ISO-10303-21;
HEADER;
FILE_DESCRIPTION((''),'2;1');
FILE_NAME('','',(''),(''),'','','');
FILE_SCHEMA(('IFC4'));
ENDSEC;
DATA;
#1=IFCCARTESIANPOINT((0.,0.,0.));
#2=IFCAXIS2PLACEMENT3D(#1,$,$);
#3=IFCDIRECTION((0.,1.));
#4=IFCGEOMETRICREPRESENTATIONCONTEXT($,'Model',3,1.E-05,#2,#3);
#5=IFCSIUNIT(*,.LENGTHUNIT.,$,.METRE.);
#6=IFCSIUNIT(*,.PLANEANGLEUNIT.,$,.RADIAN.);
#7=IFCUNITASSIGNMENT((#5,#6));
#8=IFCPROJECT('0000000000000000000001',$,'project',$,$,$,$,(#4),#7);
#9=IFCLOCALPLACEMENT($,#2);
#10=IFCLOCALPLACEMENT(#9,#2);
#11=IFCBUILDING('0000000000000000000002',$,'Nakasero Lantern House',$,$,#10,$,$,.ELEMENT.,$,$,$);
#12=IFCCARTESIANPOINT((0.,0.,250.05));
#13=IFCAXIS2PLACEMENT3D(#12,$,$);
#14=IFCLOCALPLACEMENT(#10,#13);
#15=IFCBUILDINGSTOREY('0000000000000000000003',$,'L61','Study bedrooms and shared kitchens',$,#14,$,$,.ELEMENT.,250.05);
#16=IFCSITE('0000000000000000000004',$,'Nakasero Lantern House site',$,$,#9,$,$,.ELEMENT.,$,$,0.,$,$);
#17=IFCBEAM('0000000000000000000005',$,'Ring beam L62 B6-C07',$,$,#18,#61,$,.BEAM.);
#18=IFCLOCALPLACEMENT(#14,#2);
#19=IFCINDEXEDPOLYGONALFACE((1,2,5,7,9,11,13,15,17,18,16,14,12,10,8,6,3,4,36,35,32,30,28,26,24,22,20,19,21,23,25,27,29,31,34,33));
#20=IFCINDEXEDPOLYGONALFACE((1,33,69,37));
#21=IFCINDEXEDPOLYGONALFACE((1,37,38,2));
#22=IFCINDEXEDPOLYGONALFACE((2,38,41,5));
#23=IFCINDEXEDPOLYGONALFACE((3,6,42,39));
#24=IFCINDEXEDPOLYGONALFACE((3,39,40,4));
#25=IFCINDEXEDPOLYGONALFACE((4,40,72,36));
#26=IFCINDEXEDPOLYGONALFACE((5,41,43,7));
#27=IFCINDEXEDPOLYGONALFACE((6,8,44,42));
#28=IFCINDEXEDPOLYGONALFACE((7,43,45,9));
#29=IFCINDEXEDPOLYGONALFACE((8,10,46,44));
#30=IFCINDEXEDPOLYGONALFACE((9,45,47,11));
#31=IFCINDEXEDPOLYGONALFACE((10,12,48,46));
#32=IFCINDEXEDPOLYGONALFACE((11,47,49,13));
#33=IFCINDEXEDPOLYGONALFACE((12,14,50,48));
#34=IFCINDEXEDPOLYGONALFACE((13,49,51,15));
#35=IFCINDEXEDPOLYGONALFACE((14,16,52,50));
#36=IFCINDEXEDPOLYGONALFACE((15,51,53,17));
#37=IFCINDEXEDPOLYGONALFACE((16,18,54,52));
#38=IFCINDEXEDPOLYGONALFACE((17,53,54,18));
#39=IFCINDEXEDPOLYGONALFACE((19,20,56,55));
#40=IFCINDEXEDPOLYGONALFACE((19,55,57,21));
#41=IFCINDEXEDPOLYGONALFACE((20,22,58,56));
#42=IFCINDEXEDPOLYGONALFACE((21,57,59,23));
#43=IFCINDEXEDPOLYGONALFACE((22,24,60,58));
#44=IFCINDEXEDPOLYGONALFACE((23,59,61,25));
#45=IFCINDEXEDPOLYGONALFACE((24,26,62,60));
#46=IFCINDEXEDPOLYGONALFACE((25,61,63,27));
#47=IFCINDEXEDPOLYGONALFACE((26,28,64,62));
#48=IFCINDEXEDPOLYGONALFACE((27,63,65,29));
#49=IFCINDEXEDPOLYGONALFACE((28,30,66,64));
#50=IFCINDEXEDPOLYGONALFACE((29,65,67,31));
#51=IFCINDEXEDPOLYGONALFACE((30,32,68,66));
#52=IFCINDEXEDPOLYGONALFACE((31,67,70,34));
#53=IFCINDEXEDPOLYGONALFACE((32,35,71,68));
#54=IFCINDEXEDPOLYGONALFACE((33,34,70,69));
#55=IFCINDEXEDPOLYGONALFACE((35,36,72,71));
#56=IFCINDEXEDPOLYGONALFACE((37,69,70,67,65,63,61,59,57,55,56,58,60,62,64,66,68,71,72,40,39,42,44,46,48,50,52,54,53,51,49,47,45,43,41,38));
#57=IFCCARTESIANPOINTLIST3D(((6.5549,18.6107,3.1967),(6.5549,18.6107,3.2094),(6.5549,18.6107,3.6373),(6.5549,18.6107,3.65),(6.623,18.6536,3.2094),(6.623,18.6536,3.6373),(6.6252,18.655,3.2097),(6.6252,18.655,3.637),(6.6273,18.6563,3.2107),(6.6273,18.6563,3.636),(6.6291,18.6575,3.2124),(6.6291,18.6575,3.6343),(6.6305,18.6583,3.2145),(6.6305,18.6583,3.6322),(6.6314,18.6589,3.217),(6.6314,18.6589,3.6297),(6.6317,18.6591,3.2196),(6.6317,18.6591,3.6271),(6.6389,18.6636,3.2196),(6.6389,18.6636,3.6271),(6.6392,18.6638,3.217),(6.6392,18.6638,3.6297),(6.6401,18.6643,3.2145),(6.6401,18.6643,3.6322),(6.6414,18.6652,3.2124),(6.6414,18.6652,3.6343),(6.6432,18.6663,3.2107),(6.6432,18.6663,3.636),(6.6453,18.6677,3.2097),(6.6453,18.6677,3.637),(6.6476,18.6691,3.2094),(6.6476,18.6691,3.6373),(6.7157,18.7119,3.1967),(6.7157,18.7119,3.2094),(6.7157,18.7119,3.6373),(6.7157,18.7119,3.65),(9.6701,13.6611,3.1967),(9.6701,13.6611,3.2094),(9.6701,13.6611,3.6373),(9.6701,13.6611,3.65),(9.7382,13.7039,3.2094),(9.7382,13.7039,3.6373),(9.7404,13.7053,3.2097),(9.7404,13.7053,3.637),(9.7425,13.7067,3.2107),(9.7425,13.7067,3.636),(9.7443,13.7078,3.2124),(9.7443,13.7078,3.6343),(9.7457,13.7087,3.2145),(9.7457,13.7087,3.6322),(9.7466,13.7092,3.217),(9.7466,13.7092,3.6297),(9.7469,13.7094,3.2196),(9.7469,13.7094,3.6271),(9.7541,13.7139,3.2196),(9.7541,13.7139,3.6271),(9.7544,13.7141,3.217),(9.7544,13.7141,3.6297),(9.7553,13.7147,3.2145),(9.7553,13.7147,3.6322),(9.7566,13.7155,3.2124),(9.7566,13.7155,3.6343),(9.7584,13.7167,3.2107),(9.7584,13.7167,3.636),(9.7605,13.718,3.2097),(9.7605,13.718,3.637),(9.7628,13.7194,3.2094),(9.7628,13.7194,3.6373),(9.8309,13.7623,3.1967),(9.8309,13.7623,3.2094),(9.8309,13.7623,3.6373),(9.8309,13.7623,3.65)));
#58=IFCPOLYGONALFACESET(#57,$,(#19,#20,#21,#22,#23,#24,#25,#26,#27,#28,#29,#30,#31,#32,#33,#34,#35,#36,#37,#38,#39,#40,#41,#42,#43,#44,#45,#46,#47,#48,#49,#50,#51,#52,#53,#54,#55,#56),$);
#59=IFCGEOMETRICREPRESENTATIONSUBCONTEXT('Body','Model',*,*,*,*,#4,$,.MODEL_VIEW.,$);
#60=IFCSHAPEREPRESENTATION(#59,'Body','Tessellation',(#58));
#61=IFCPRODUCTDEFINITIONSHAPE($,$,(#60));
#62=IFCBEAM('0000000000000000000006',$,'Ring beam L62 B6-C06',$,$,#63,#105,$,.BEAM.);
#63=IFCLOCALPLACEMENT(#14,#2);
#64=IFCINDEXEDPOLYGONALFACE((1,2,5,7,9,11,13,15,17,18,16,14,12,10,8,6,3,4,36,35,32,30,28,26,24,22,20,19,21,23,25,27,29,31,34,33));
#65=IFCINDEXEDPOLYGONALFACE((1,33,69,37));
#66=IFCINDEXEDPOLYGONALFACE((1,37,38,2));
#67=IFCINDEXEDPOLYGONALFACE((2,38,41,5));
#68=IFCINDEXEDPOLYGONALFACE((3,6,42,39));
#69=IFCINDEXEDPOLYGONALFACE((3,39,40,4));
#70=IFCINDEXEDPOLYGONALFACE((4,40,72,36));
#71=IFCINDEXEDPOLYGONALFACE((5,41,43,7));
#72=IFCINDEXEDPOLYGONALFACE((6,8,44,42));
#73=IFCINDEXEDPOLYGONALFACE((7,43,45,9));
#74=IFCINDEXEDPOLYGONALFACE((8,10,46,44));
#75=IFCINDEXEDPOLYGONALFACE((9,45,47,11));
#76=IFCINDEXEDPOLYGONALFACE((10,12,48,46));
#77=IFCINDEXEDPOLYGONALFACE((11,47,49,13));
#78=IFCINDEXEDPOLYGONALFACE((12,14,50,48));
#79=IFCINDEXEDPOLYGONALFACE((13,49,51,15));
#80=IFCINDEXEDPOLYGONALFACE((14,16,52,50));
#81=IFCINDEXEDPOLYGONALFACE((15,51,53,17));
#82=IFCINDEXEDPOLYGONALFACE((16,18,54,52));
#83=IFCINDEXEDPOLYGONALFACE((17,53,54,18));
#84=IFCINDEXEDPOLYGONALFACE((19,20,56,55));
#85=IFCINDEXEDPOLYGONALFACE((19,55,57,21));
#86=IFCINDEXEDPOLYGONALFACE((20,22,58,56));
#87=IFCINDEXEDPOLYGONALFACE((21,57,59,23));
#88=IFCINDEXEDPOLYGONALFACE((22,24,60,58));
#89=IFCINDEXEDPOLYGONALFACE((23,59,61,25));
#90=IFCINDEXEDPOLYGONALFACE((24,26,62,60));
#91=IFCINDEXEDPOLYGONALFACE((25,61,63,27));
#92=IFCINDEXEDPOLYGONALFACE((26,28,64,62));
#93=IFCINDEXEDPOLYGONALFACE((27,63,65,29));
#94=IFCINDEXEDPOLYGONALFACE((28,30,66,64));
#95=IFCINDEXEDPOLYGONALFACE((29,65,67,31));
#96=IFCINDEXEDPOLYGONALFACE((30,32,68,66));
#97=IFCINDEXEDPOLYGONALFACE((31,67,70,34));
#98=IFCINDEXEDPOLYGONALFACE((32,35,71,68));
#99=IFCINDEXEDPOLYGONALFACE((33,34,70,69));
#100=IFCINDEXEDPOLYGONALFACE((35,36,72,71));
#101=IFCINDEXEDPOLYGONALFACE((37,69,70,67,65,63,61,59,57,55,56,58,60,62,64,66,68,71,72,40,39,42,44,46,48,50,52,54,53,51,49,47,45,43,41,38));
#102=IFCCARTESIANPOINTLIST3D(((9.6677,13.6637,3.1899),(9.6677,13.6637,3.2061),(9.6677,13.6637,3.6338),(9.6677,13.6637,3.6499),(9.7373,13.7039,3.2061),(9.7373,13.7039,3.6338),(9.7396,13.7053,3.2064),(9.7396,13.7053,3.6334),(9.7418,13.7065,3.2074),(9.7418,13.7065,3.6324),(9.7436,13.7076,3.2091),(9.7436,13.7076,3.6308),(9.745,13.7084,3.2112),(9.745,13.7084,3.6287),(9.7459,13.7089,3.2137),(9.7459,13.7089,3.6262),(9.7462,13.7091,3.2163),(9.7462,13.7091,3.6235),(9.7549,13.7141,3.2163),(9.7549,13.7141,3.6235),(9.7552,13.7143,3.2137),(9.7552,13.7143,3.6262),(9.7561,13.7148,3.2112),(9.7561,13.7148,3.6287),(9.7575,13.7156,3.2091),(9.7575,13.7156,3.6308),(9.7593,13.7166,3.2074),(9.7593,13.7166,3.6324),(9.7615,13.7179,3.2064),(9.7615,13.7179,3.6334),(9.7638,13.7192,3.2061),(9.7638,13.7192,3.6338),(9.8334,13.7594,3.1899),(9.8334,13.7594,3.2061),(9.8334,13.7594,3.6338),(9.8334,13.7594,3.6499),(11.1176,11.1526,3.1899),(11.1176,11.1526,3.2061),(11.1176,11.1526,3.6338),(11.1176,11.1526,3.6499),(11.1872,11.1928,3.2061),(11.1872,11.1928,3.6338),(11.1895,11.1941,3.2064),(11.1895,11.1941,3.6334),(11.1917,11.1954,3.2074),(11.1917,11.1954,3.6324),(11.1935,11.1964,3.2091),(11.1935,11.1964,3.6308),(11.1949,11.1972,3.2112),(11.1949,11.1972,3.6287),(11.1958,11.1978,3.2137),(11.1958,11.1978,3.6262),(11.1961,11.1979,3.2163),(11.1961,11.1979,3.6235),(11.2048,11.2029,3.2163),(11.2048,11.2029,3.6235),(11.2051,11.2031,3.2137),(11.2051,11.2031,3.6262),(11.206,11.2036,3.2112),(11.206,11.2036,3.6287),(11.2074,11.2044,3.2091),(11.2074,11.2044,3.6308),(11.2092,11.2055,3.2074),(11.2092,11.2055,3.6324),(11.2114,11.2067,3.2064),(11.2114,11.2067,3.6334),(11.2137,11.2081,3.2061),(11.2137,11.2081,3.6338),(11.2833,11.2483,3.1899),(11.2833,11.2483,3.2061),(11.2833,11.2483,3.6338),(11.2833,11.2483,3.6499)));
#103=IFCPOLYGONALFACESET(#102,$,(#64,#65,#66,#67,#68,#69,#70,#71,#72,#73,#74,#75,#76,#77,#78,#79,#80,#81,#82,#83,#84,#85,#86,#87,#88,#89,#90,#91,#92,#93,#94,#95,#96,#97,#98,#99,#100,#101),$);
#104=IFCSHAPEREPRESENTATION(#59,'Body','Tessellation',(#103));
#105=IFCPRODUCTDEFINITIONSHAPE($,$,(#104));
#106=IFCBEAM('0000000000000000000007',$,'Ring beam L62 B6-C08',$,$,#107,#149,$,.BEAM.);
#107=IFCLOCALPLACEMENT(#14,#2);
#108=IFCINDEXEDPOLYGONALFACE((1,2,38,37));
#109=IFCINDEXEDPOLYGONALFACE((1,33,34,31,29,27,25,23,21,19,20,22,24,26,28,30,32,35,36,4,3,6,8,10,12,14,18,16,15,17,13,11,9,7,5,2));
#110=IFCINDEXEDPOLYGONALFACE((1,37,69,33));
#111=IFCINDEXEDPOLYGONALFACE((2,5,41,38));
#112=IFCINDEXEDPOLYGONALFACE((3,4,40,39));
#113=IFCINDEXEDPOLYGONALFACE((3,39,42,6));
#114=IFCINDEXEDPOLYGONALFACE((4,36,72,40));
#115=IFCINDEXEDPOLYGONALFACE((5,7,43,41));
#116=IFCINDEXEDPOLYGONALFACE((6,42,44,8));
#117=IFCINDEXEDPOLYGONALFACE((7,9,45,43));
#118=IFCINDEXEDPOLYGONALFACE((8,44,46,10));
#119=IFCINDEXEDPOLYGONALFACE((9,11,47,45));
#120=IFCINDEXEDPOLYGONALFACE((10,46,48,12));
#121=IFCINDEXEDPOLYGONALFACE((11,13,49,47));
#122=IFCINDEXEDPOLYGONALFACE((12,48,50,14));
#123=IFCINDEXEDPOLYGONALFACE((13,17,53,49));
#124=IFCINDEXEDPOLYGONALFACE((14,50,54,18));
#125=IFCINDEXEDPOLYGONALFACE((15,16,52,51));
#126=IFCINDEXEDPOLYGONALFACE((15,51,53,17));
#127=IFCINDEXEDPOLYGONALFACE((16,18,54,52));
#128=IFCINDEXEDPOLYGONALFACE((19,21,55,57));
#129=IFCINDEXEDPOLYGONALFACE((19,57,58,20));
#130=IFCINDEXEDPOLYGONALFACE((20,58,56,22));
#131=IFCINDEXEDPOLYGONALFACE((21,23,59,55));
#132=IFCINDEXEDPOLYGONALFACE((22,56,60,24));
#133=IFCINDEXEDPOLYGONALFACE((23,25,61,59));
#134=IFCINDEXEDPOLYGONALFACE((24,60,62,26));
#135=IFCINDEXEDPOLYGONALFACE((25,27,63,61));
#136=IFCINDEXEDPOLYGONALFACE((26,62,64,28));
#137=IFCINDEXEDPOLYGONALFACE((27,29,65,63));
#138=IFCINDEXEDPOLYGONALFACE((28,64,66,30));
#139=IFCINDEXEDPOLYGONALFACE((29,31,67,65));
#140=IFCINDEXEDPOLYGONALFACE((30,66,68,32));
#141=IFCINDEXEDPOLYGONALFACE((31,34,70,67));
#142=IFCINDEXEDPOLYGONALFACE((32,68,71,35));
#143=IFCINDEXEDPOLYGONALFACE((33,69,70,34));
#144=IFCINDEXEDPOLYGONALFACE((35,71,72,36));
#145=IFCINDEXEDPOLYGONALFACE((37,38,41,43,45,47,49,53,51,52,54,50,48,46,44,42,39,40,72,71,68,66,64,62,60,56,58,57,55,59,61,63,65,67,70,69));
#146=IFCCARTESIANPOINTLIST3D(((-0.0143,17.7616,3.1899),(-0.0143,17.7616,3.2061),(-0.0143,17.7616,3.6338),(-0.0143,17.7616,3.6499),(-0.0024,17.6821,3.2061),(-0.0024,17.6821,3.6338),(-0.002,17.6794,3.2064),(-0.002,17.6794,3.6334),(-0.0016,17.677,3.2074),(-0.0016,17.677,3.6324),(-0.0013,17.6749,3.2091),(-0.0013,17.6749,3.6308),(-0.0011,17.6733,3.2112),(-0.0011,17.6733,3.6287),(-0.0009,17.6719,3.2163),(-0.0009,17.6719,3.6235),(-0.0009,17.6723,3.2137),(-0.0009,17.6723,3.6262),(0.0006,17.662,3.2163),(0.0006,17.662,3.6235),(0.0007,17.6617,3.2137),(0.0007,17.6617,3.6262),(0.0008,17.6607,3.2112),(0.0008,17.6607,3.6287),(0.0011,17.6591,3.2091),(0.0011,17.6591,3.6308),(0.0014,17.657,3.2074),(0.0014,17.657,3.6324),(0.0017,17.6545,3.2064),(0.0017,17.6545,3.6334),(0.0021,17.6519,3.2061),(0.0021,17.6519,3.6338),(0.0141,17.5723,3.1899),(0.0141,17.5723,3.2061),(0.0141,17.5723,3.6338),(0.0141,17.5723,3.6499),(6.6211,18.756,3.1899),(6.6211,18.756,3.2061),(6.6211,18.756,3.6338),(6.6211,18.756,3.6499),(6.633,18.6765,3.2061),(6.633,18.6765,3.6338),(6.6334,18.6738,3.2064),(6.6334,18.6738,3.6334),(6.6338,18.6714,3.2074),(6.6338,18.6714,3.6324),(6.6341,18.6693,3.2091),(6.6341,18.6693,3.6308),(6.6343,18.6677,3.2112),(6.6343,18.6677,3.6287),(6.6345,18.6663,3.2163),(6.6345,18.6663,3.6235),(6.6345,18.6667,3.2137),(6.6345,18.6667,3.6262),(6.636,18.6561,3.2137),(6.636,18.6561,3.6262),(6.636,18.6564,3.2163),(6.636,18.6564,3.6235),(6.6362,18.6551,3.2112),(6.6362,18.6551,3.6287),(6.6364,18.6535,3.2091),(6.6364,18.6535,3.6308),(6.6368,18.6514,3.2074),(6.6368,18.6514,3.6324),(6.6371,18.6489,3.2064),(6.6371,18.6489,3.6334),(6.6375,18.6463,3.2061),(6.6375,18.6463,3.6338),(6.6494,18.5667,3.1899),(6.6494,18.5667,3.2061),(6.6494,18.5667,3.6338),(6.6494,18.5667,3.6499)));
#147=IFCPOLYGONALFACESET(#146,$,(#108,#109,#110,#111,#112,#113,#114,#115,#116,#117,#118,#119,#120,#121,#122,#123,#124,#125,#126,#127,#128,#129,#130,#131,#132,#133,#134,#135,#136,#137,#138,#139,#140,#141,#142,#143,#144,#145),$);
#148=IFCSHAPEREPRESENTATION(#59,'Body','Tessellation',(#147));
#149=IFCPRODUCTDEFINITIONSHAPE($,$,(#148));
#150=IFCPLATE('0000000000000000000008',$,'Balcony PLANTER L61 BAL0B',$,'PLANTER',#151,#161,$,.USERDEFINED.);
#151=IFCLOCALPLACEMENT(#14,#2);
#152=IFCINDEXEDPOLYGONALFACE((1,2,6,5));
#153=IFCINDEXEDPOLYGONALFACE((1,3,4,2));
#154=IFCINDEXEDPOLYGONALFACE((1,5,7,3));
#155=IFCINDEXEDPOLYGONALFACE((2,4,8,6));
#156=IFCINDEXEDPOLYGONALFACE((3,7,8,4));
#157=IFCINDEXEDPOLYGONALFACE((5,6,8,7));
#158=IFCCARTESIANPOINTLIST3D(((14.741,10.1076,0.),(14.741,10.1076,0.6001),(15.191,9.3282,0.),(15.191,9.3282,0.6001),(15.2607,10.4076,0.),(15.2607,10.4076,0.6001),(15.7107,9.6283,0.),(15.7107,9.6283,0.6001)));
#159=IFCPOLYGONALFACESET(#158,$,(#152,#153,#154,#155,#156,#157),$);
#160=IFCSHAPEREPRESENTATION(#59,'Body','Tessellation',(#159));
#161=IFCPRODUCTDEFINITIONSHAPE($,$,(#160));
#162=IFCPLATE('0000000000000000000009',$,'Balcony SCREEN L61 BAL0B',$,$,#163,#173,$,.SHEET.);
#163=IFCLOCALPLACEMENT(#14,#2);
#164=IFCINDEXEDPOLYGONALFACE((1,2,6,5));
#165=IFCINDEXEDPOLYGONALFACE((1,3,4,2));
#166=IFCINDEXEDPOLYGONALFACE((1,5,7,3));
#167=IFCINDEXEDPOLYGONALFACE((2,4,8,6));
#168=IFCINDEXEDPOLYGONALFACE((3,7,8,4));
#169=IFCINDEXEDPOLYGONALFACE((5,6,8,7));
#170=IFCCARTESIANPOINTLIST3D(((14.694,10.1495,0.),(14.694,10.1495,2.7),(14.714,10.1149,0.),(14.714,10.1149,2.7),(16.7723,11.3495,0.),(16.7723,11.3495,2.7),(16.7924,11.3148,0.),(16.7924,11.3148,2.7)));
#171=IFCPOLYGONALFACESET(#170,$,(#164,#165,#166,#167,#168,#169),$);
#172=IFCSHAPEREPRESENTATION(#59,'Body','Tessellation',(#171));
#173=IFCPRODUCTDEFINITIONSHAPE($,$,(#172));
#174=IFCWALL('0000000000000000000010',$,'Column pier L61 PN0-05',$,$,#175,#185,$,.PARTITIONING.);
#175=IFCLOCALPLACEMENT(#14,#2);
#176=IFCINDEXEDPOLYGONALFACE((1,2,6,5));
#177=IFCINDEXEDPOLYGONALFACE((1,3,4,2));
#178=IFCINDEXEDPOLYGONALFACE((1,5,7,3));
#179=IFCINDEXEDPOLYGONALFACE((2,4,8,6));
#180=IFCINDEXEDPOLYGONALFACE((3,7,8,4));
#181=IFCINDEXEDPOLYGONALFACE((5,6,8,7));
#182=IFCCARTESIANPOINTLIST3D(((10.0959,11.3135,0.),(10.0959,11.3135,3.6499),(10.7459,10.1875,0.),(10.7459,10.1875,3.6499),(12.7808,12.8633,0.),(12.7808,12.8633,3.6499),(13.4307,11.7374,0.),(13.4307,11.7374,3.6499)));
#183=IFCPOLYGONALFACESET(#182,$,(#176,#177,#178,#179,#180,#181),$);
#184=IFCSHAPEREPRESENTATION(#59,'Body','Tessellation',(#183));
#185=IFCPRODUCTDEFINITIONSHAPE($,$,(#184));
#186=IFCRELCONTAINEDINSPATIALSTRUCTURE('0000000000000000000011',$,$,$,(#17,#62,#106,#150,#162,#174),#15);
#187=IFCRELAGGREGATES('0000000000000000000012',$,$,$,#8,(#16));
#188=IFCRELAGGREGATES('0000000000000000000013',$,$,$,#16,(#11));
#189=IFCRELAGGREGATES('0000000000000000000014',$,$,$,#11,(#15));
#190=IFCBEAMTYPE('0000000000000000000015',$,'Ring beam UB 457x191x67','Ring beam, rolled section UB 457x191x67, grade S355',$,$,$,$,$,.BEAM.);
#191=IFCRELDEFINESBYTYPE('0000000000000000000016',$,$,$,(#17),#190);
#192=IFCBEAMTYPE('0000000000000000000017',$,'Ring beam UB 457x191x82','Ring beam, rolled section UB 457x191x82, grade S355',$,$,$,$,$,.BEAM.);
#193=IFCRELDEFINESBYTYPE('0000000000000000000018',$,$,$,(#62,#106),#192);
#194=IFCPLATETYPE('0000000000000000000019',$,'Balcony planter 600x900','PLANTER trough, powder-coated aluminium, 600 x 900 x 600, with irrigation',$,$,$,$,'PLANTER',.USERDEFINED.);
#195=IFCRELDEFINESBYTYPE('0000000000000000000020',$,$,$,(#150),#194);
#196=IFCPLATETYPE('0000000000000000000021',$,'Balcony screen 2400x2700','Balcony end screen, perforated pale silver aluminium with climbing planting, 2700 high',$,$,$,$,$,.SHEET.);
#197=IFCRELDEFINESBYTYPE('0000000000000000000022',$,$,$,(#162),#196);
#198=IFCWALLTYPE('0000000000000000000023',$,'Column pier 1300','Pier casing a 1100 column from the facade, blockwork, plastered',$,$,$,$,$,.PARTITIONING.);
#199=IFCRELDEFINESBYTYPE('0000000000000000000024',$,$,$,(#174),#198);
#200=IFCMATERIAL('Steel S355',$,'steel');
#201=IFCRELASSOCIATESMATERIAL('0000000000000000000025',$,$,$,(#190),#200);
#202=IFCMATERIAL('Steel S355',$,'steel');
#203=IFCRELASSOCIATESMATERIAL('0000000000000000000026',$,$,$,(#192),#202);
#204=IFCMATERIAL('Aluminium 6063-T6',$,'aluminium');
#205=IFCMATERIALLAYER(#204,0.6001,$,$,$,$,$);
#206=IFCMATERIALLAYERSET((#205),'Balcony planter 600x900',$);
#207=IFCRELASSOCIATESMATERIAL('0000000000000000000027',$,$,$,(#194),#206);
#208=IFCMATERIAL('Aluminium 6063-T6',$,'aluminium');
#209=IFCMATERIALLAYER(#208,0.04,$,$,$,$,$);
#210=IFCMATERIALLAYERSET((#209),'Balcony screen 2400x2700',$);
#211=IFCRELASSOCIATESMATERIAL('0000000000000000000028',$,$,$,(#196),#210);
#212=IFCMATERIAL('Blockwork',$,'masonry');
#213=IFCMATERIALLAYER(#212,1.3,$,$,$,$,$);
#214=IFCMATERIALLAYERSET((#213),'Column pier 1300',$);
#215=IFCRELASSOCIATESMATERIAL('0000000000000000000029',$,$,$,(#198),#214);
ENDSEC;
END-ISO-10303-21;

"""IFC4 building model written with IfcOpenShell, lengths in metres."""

from ifc_helpers import new_model, si_unit, direction, frame, frame_2d, origin, origin_2d, place, context, subcontext, project, spatial, rectangle, i_section, extrude, material, layer, layer_set, material_profile, profile_set, type_object, element, save


model = new_model("IFC4")

# Units and contexts
model_context = context("Model", 3, precision=1e-05, world=origin(), true_north=direction((0.0, 1.0)))
body_context = subcontext(model_context, "Body", "Model", "MODEL_VIEW")
ifc_project = project(units=[si_unit("LENGTHUNIT", "METRE"), si_unit("PLANEANGLEUNIT", "RADIAN")], contexts=[model_context])

# Site, building, storey
site_placement = place(None, origin())
site = spatial("IfcSite", under=ifc_project, at=site_placement, Name="Nakasero Lantern House site", CompositionType="ELEMENT", RefElevation=0.0)
building_placement = place(site_placement, origin())
building = spatial("IfcBuilding", under=site, at=building_placement, Name="Nakasero Lantern House", CompositionType="ELEMENT")
storey_placement = place(building_placement, frame((0.0, 0.0, 250.05)))
storey = spatial("IfcBuildingStorey", under=building, at=storey_placement, Name="L61", Description="Study bedrooms and shared kitchens", CompositionType="ELEMENT", Elevation=250.05)

# Beams
ifc_material_1 = material(Name="Steel S355", Category="steel")
ifc_material_profile_1 = material_profile(ifc_material_1, i_section(OverallWidth=0.1899, OverallDepth=0.4534, WebThickness=0.0085, FlangeThickness=0.0127, FilletRadius=0.0103, at=origin_2d()), Name="UB 457x191x67")
ifc_profile_set_1 = profile_set([ifc_material_profile_1], Name="Steel S355")
beam_type_1 = type_object("IfcBeamType", Name="Ring beam UB 457x191x67", Description="Ring beam, rolled section UB 457x191x67, grade S355", PredefinedType="BEAM", material=ifc_profile_set_1)
beam_1_placement = place(storey_placement, frame((9.7505, 13.7117, 3.4233), z_axis=(-0.53266, 0.846329, 0.0), x_axis=(-0.846329, -0.53266, 0.0)))
element("IfcBeam", 1, at=beam_1_placement, inside=storey, type_object=beam_type_1, Name="Ring beam L62 B6-C07", PredefinedType="BEAM", context=body_context, shape_type="SweptSolid", body=[
    extrude(i_section(OverallWidth=0.1899, OverallDepth=0.4534, WebThickness=0.0085, FlangeThickness=0.0127, FilletRadius=0.0103, at=origin_2d()), origin(), (0.0, 0.0, 1.0), 5.8484),
])
ifc_material_2 = material(Name="Steel S355", Category="steel")
ifc_material_profile_2 = material_profile(ifc_material_2, i_section(OverallWidth=0.1914, OverallDepth=0.46, WebThickness=0.01, FlangeThickness=0.0161, FilletRadius=0.0103, at=origin_2d()), Name="UB 457x191x82")
ifc_profile_set_2 = profile_set([ifc_material_profile_2], Name="Steel S355")
beam_type_2 = type_object("IfcBeamType", Name="Ring beam UB 457x191x82", Description="Ring beam, rolled section UB 457x191x82, grade S355", PredefinedType="BEAM", material=ifc_profile_set_2)
beam_2_placement = place(storey_placement, frame((11.2004, 11.2004, 3.4199), z_axis=(-0.500024, 0.866012, 0.0), x_axis=(-0.866012, -0.500024, 0.0)))
element("IfcBeam", 2, at=beam_2_placement, inside=storey, type_object=beam_type_2, Name="Ring beam L62 B6-C06", PredefinedType="BEAM", context=body_context, shape_type="SweptSolid", body=[
    extrude(i_section(OverallWidth=0.1914, OverallDepth=0.46, WebThickness=0.01, FlangeThickness=0.0161, FilletRadius=0.0103, at=origin_2d()), origin(), (0.0, 0.0, 1.0), 2.8997),
])
beam_3_placement = place(storey_placement, frame((6.6353, 18.6614, 3.4199), z_axis=(-0.988956, -0.148209, 0.0), x_axis=(0.148209, -0.988956, 0.0)))
element("IfcBeam", 3, at=beam_3_placement, inside=storey, type_object=beam_type_2, Name="Ring beam L62 B6-C08", PredefinedType="BEAM", context=body_context, shape_type="SweptSolid", body=[
    extrude(i_section(OverallWidth=0.1914, OverallDepth=0.46, WebThickness=0.01, FlangeThickness=0.0161, FilletRadius=0.0103, at=origin_2d()), origin(), (0.0, 0.0, 1.0), 6.7095),
])

# Plates
ifc_material_3 = material(Name="Aluminium 6063-T6", Category="aluminium")
ifc_layer_1 = layer(ifc_material_3, 0.6001)
ifc_layer_set_1 = layer_set([ifc_layer_1], Name="Balcony planter 600x900")
plate_type_1 = type_object("IfcPlateType", Name="Balcony planter 600x900", Description="PLANTER trough, powder-coated aluminium, 600 x 900 x 600, with irrigation", ElementType="PLANTER", PredefinedType="USERDEFINED", material=ifc_layer_set_1)
plate_1_placement = place(storey_placement, frame((15.2258, 9.8679, 0.0), z_axis=(0.0, 0.0, 1.0), x_axis=(0.866025, 0.5, 0.0)))
element("IfcPlate", 4, at=plate_1_placement, inside=storey, type_object=plate_type_1, Name="Balcony PLANTER L61 BAL0B", ObjectType="PLANTER", PredefinedType="USERDEFINED", context=body_context, shape_type="SweptSolid", body=[
    extrude(rectangle(XDim=0.6001, YDim=0.8999, at=origin_2d()), origin(), (0.0, 0.0, 1.0), 0.6001),
])
ifc_material_4 = material(Name="Aluminium 6063-T6", Category="aluminium")
ifc_layer_2 = layer(ifc_material_4, 0.04)
ifc_layer_set_2 = layer_set([ifc_layer_2], Name="Balcony screen 2400x2700")
plate_type_2 = type_object("IfcPlateType", Name="Balcony screen 2400x2700", Description="Balcony end screen, perforated pale silver aluminium with climbing planting, 2700 high", PredefinedType="SHEET", material=ifc_layer_set_2)
plate_2_placement = place(storey_placement, frame((15.7432, 10.7322, 0.0), z_axis=(0.0, 0.0, 1.0), x_axis=(0.866025, 0.5, 0.0)))
element("IfcPlate", 5, at=plate_2_placement, inside=storey, type_object=plate_type_2, Name="Balcony SCREEN L61 BAL0B", PredefinedType="SHEET", context=body_context, shape_type="SweptSolid", body=[
    extrude(rectangle(XDim=2.3999, YDim=0.04, at=origin_2d()), origin(), (0.0, 0.0, 1.0), 2.7),
])

# Wall
ifc_material_5 = material(Name="Blockwork", Category="masonry")
ifc_layer_3 = layer(ifc_material_5, 1.3)
ifc_layer_set_3 = layer_set([ifc_layer_3], Name="Column pier 1300")
wall_type_1 = type_object("IfcWallType", Name="Column pier 1300", Description="Pier casing a 1100 column from the facade, blockwork, plastered", PredefinedType="PARTITIONING", material=ifc_layer_set_3)
wall_1_placement = place(storey_placement, frame((10.4209, 10.7505, 0.0), z_axis=(0.0, 0.0, 1.0), x_axis=(0.866064, 0.499934, 0.0)))
element("IfcWall", 6, at=wall_1_placement, inside=storey, type_object=wall_type_1, Name="Column pier L61 PN0-05", PredefinedType="PARTITIONING", context=body_context, shape_type="SweptSolid", body=[
    extrude(rectangle(XDim=3.1001, YDim=1.3, at=frame_2d((1.55, 0.0))), origin(), (0.0, 0.0, 1.0), 3.6499),
])

save(model, "model.ifc")
